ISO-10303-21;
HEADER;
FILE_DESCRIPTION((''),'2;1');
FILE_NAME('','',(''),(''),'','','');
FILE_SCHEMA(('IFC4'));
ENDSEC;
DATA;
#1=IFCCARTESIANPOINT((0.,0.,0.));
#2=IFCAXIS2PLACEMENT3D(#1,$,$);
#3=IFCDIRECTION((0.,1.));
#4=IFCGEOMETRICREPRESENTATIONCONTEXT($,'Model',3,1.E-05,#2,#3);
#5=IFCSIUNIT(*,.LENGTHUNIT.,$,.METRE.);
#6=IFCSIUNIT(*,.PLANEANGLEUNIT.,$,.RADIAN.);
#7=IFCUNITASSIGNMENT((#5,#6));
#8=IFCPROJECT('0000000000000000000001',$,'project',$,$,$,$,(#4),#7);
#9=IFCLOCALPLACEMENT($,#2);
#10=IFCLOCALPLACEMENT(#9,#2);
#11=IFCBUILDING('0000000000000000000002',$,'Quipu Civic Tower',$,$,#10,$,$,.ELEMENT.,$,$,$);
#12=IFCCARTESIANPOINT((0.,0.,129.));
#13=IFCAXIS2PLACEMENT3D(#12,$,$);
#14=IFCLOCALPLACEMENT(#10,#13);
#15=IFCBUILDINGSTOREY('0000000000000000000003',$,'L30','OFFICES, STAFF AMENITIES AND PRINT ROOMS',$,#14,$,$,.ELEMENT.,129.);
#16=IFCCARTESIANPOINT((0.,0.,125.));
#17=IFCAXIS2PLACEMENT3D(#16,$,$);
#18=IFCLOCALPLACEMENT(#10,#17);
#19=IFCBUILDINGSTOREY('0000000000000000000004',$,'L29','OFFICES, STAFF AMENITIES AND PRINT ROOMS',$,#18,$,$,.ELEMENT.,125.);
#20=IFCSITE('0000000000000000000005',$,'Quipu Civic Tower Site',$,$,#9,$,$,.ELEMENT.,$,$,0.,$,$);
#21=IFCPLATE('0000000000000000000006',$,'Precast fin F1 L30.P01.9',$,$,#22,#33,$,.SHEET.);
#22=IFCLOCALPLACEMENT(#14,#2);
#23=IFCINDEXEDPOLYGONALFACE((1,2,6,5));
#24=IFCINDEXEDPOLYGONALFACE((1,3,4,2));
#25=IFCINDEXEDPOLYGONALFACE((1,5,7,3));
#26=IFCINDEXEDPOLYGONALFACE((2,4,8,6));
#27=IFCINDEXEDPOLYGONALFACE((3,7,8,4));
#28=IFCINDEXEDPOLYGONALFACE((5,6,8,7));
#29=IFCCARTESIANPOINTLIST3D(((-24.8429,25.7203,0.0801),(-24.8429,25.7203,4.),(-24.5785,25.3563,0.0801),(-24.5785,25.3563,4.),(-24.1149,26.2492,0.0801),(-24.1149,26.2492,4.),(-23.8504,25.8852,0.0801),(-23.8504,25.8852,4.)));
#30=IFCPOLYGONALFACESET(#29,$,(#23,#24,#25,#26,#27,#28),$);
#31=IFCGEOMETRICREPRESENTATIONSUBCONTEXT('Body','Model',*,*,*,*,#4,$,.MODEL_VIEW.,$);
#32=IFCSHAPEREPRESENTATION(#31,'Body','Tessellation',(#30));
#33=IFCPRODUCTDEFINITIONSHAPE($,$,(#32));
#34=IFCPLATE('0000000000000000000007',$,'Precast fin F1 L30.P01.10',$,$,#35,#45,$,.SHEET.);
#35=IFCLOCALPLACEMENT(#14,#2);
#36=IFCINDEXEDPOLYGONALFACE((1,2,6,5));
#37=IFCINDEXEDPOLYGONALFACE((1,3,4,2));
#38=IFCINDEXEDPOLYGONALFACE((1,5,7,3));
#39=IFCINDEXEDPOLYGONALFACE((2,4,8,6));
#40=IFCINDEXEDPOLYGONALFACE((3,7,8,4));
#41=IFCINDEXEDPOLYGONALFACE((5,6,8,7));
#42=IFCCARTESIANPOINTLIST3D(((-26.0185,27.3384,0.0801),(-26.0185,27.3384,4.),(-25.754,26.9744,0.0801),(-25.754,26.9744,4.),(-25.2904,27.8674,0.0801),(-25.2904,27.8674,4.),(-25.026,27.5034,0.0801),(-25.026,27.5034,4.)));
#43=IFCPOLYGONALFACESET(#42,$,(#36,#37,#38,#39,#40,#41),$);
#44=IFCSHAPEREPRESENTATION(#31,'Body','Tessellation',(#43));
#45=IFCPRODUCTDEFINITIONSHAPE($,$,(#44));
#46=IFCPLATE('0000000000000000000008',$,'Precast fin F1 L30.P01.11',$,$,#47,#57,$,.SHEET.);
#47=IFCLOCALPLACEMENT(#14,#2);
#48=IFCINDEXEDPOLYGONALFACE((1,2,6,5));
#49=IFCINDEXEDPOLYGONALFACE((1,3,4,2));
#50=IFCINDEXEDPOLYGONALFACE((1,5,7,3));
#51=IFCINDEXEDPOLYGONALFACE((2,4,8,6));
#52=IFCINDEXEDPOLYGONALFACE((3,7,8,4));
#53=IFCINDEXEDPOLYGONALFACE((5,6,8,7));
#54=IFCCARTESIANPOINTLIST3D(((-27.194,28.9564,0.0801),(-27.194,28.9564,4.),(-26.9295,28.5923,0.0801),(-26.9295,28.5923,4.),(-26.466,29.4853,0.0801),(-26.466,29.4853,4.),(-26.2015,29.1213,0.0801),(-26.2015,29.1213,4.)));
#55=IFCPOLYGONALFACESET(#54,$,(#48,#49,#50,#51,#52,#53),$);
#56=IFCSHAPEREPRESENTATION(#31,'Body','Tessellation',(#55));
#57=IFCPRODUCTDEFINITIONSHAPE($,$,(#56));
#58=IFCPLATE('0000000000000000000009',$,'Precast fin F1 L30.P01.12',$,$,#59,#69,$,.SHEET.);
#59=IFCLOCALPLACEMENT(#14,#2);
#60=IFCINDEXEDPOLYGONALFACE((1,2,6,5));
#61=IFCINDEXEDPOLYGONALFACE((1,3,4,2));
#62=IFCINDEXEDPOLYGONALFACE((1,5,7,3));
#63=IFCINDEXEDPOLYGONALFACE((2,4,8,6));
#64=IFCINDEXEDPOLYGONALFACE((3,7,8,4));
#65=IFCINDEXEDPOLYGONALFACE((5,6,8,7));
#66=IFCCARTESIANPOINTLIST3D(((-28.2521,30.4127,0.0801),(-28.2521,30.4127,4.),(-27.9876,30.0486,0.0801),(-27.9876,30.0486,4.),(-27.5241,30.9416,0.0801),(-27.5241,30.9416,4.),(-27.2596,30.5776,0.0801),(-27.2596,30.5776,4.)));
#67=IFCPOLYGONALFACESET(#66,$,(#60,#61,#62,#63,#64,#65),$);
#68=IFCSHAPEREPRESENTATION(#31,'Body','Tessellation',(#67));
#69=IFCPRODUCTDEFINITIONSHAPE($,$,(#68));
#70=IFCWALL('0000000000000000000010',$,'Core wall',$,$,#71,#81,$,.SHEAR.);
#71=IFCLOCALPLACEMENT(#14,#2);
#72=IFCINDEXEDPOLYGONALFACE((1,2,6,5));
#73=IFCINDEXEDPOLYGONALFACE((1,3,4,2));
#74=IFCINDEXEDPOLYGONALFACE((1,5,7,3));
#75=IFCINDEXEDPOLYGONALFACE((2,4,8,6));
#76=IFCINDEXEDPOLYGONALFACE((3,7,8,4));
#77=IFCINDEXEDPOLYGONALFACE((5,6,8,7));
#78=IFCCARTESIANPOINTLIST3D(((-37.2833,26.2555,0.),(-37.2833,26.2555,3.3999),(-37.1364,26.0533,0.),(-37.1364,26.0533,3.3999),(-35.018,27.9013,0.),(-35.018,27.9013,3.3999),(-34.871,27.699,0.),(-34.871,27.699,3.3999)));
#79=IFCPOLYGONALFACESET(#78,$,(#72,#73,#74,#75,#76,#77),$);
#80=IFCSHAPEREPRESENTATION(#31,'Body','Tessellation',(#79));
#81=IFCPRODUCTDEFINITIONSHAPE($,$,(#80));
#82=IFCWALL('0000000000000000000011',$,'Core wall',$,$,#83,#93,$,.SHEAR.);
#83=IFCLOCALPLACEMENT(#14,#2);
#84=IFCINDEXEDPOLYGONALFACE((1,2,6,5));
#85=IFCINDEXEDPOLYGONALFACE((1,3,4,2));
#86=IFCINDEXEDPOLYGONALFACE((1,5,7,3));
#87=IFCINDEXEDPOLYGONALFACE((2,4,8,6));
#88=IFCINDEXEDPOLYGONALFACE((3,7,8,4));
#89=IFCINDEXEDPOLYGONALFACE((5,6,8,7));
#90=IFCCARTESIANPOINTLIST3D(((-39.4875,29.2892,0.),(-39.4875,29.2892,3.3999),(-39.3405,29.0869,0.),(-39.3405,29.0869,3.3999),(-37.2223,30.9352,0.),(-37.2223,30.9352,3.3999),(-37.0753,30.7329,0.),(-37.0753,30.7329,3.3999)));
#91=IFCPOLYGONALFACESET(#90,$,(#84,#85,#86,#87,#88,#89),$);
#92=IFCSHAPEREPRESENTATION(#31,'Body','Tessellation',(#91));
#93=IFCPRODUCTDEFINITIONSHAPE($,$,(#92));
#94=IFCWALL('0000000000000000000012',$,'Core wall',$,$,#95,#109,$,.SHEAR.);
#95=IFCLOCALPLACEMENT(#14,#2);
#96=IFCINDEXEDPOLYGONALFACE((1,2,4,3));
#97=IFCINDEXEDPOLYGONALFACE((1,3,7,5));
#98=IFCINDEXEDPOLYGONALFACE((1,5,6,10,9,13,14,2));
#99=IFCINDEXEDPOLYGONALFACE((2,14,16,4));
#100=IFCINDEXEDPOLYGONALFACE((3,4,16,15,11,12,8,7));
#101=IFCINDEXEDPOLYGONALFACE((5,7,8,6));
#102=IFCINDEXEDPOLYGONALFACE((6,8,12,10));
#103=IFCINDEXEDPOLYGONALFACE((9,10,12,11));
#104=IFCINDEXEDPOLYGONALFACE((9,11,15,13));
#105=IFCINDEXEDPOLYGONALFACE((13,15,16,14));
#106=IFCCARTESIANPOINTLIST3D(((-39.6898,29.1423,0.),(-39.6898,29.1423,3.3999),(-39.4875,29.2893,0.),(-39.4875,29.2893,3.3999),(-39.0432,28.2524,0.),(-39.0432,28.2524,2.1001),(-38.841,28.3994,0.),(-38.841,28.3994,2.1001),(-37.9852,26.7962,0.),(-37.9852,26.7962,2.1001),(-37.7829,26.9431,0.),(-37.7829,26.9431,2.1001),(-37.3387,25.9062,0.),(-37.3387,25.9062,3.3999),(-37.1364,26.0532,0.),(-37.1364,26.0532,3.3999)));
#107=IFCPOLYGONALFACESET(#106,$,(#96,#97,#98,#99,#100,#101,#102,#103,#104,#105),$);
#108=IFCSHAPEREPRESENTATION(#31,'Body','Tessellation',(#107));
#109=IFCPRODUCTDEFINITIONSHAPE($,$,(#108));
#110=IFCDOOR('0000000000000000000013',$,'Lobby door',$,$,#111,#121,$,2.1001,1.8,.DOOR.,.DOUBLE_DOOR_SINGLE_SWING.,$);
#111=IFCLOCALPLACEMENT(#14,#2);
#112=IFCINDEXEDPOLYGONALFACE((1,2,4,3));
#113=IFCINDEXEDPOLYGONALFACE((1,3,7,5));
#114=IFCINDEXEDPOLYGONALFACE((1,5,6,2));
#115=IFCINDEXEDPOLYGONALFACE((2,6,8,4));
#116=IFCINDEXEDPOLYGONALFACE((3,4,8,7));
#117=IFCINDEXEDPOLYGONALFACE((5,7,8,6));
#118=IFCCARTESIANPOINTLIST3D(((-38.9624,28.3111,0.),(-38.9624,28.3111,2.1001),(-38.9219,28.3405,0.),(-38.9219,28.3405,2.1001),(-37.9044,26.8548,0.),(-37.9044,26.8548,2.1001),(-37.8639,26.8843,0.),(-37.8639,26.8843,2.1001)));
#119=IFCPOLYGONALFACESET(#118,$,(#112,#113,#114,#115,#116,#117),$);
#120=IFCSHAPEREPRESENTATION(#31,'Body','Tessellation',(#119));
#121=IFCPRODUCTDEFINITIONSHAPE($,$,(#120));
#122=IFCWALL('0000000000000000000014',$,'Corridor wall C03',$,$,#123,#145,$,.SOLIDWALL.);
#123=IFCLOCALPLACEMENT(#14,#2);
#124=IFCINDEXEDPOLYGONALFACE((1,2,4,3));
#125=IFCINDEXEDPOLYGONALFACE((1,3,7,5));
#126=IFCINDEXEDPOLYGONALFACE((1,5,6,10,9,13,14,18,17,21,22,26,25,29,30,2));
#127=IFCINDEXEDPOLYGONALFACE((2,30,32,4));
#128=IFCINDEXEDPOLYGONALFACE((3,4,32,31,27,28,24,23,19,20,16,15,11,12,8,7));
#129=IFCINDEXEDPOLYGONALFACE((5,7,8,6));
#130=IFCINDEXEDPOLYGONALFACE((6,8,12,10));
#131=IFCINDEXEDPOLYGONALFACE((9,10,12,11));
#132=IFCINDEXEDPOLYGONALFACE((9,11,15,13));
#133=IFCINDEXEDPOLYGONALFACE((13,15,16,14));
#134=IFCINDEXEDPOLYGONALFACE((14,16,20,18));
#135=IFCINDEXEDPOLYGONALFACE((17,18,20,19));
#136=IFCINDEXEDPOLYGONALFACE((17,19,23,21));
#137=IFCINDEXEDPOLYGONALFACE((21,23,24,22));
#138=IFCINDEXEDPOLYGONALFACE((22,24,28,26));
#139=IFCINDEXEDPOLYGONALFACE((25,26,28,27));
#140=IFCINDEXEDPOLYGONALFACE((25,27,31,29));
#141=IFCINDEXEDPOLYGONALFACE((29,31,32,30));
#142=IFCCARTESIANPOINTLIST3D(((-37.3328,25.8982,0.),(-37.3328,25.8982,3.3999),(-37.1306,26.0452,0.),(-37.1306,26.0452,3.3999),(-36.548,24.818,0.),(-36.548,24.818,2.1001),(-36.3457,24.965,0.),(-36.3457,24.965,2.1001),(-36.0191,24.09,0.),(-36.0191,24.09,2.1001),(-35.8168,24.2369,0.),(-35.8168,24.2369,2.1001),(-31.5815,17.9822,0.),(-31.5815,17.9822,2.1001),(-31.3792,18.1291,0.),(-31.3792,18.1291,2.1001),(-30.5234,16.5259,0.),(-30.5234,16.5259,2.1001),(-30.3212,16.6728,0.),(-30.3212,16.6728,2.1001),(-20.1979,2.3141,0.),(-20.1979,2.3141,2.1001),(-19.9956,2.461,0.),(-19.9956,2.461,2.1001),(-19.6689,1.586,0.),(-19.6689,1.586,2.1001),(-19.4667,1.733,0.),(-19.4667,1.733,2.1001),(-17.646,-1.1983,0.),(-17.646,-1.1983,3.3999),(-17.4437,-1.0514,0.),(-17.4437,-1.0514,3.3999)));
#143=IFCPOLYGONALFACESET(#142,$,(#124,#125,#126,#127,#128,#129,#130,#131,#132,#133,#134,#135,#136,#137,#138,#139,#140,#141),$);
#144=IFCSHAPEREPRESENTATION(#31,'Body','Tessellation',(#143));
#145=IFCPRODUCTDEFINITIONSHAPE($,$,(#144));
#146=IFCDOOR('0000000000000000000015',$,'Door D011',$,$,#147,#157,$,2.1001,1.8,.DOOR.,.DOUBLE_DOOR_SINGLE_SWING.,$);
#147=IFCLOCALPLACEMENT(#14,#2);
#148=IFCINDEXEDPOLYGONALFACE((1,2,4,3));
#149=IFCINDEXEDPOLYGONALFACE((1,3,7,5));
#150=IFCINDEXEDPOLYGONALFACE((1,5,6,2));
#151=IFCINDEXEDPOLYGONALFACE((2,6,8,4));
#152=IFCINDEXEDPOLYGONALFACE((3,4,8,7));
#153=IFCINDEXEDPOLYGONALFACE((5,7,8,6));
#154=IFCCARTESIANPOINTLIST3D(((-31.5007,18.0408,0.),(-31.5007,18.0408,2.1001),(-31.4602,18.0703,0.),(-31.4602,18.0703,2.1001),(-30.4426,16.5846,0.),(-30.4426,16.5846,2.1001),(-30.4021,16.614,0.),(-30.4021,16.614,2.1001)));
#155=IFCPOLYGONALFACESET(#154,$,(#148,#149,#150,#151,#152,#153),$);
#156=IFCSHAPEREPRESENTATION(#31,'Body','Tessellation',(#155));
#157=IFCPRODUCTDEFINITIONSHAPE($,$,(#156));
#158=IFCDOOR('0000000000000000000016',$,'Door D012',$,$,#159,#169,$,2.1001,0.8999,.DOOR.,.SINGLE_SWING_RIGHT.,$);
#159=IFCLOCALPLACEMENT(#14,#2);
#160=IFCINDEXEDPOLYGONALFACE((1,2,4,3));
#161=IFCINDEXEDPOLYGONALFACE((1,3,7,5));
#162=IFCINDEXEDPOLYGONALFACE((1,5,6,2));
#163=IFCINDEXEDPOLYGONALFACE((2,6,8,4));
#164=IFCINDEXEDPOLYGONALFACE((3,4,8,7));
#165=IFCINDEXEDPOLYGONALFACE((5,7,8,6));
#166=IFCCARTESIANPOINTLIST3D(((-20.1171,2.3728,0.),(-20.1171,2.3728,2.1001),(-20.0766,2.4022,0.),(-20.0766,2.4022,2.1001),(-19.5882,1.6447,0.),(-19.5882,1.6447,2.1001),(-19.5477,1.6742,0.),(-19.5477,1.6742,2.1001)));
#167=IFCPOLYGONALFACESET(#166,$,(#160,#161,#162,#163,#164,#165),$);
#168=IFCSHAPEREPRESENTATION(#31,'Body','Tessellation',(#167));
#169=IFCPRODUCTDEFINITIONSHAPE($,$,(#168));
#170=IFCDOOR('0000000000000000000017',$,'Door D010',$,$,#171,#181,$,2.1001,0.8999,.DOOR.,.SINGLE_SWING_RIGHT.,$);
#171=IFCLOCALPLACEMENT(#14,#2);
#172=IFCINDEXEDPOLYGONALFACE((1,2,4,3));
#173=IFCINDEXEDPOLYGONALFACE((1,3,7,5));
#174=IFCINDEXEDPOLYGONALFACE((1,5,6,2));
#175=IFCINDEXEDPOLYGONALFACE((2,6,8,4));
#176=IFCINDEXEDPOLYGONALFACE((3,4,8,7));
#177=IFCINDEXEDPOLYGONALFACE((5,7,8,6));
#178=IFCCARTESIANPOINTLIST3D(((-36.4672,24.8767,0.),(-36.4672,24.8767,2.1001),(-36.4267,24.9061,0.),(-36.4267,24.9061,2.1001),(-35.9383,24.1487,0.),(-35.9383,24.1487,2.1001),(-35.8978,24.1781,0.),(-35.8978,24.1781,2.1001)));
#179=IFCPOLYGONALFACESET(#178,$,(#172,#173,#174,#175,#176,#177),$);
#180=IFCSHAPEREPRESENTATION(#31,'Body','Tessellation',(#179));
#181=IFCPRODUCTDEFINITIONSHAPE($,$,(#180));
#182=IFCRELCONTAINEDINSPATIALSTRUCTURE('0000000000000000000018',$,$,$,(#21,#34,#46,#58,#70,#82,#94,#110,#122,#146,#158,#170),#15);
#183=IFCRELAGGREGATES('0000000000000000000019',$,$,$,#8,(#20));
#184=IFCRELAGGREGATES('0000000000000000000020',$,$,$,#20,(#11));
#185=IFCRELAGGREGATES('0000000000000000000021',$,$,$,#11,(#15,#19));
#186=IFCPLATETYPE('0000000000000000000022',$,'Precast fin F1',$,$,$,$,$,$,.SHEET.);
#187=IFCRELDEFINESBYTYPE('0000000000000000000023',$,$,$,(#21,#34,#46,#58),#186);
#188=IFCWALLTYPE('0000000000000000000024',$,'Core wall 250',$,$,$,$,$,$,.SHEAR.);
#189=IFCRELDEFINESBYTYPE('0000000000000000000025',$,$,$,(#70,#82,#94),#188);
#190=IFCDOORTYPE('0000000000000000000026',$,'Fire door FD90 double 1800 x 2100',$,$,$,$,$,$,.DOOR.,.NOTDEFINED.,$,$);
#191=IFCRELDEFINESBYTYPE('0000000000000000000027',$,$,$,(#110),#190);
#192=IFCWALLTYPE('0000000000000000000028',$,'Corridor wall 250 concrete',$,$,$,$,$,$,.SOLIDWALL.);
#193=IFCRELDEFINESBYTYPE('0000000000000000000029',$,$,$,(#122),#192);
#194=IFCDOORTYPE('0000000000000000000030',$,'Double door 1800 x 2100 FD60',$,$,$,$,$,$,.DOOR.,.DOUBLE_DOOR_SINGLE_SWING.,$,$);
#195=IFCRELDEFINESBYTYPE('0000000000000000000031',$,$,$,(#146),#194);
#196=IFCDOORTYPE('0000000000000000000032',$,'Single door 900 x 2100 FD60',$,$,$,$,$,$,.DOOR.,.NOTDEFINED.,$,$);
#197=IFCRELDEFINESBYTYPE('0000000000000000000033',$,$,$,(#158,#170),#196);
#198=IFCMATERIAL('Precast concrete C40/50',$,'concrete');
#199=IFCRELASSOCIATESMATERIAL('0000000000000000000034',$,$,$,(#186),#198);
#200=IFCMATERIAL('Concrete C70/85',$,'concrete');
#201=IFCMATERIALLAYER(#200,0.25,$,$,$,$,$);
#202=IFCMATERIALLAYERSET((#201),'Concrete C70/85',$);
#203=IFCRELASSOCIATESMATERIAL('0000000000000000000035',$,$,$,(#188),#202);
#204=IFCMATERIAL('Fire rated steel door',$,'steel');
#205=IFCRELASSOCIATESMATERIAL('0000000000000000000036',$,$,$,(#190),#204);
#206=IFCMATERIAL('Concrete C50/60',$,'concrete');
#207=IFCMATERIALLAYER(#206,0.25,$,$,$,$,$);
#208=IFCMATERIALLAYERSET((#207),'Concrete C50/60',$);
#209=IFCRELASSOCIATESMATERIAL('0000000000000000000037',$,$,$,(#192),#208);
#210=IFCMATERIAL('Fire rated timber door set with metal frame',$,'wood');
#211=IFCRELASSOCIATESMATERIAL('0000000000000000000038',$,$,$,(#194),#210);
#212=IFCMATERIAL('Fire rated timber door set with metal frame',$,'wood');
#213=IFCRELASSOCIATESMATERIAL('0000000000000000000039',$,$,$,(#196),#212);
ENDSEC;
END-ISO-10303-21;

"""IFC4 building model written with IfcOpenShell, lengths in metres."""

from ifc_helpers import new_model, si_unit, direction, frame, frame_2d, origin, origin_2d, place, context, subcontext, project, spatial, rectangle, extrude, material, layer, layer_set, type_object, element, fill, save


model = new_model("IFC4")

# Units and contexts
model_context = context("Model", 3, precision=1e-05, world=origin(), true_north=direction((0.0, 1.0)))
body_context = subcontext(model_context, "Body", "Model", "MODEL_VIEW")
ifc_project = project(units=[si_unit("LENGTHUNIT", "METRE"), si_unit("PLANEANGLEUNIT", "RADIAN")], contexts=[model_context])

# Site, building, storey
site_placement = place(None, origin())
site = spatial("IfcSite", under=ifc_project, at=site_placement, Name="Quipu Civic Tower Site", CompositionType="ELEMENT", RefElevation=0.0)
building_placement = place(site_placement, origin())
building = spatial("IfcBuilding", under=site, at=building_placement, Name="Quipu Civic Tower", CompositionType="ELEMENT")
storey_1_placement = place(building_placement, frame((0.0, 0.0, 129.0)))
storey_1 = spatial("IfcBuildingStorey", under=building, at=storey_1_placement, Name="L30", Description="OFFICES, STAFF AMENITIES AND PRINT ROOMS", CompositionType="ELEMENT", Elevation=129.0)

# Shared definitions
storey_2_placement = place(building_placement, frame((0.0, 0.0, 125.0)))
storey_2 = spatial("IfcBuildingStorey", under=building, at=storey_2_placement, Name="L29", Description="OFFICES, STAFF AMENITIES AND PRINT ROOMS", CompositionType="ELEMENT", Elevation=125.0)

# Plates
ifc_material_1 = material(Name="Precast concrete C40/50", Category="concrete")
plate_type_1 = type_object("IfcPlateType", Name="Precast fin F1", PredefinedType="SHEET", material=ifc_material_1)
for number, where, z_axis, x_axis, name in (
    (1, (-24.3467, 25.8027, 0.0801), (0.0, 0.0, 1.0), (-0.587785, 0.809017, 0.0), "Precast fin F1 L30.P01.9"),
    (2, (-25.5222, 27.4209, 0.0801), (0.0, 0.0, 1.0), (-0.587785, 0.809017, 0.0), "Precast fin F1 L30.P01.10"),
    (3, (-26.6978, 29.0388, 0.0801), (0.0, 0.0, 1.0), (-0.587785, 0.809017, 0.0), "Precast fin F1 L30.P01.11"),
    (4, (-27.7559, 30.4951, 0.0801), (0.0, 0.0, 1.0), (-0.587785, 0.809017, 0.0), "Precast fin F1 L30.P01.12"),
):
    element("IfcPlate", number, at=place(storey_1_placement, frame(where, z_axis=z_axis, x_axis=x_axis)), inside=storey_1, type_object=plate_type_1, Name=name, PredefinedType="SHEET", context=body_context, shape_type="SweptSolid", body=[
        extrude(rectangle(XDim=0.45, YDim=0.8999, at=origin_2d()), origin(), (0.0, 0.0, 1.0), 3.9199),
    ])

# Walls
ifc_material_2 = material(Name="Concrete C70/85", Category="concrete")
ifc_layer_1 = layer(ifc_material_2, 0.25)
ifc_layer_set_1 = layer_set([ifc_layer_1], Name="Concrete C70/85")
wall_type_1 = type_object("IfcWallType", Name="Core wall 250", PredefinedType="SHEAR", material=ifc_layer_set_1)
for number, where, z_axis, x_axis, name in (
    (5, (-34.9446, 27.8, 0.0), (0.0, 0.0, 1.0), (-0.809041, -0.587752, 0.0), "Core wall"),
    (6, (-37.1489, 30.834, 0.0), (0.0, 0.0, 1.0), (-0.80897, -0.58785, 0.0), "Core wall"),
):
    element("IfcWall", number, at=place(storey_1_placement, frame(where, z_axis=z_axis, x_axis=x_axis)), inside=storey_1, type_object=wall_type_1, Name=name, PredefinedType="SHEAR", context=body_context, shape_type="SweptSolid", body=[
        extrude(rectangle(XDim=2.8, YDim=0.25, at=frame_2d((1.3999, 0.0))), origin(), (0.0, 0.0, 1.0), 3.3999),
    ])

# Wall, opening, door
wall_1_placement = place(storey_1_placement, frame((-39.5886, 29.2158, 0.0), z_axis=(0.0, 0.0, 1.0), x_axis=(0.587772, -0.809026, 0.0)))
wall_1 = element("IfcWall", 7, at=wall_1_placement, inside=storey_1, type_object=wall_type_1, Name="Core wall", PredefinedType="SHEAR", context=body_context, shape_type="SweptSolid", body=[
    extrude(rectangle(XDim=4.0, YDim=0.25, at=frame_2d((2.0, 0.0))), origin(), (0.0, 0.0, 1.0), 3.3999),
])
opening_1_placement = place(wall_1_placement, frame((1.1001, 0.0, 0.0)))
opening_1 = element("IfcOpeningElement", 8, at=opening_1_placement, cuts=wall_1, PredefinedType="OPENING", context=body_context, shape_type="SweptSolid", body=[
    extrude(rectangle(XDim=1.8, YDim=2.1001, at=frame_2d((0.8999, 1.05))), frame((0.0, 0.135, 0.0), z_axis=(0.0, -1.0, 0.0), x_axis=(1.0, 0.0, 0.0)), (0.0, 0.0, 1.0), 0.27),
])
ifc_material_3 = material(Name="Fire rated steel door", Category="steel")
door_type_1 = type_object("IfcDoorType", Name="Fire door FD90 double 1800 x 2100", OperationType="NOTDEFINED", PredefinedType="DOOR", material=ifc_material_3)
door_1_placement = place(opening_1_placement, origin())
door_1 = element("IfcDoor", 9, at=door_1_placement, inside=storey_1, type_object=door_type_1, Name="Lobby door", OperationType="DOUBLE_DOOR_SINGLE_SWING", OverallHeight=2.1001, OverallWidth=1.8, PredefinedType="DOOR", context=body_context, shape_type="SweptSolid", body=[
    extrude(rectangle(XDim=1.8, YDim=2.1001, at=frame_2d((0.8999, 1.05))), frame((0.0, 0.0249, 0.0), z_axis=(0.0, -1.0, 0.0), x_axis=(1.0, 0.0, 0.0)), (0.0, 0.0, 1.0), 0.05),
])
fill(opening_1, door_1)

# Wall, openings, doors
ifc_material_4 = material(Name="Concrete C50/60", Category="concrete")
ifc_layer_2 = layer(ifc_material_4, 0.25)
ifc_layer_set_2 = layer_set([ifc_layer_2], Name="Concrete C50/60")
wall_type_2 = type_object("IfcWallType", Name="Corridor wall 250 concrete", PredefinedType="SOLIDWALL", material=ifc_layer_set_2)
wall_2_placement = place(storey_1_placement, frame((-37.2317, 25.9717, 0.0), z_axis=(0.0, 0.0, 1.0), x_axis=(0.587786, -0.809016, 0.0)))
wall_2 = element("IfcWall", 10, at=wall_2_placement, inside=storey_1, type_object=wall_type_2, Name="Corridor wall C03", PredefinedType="SOLIDWALL", context=body_context, shape_type="SweptSolid", body=[
    extrude(rectangle(XDim=33.4932, YDim=0.25, at=frame_2d((16.7466, 0.0))), origin(), (0.0, 0.0, 1.0), 3.3999),
])
opening_2_placement = place(wall_2_placement, frame((9.7849, 0.0, 0.0)))
opening_2 = element("IfcOpeningElement", 11, at=opening_2_placement, cuts=wall_2, PredefinedType="OPENING", context=body_context, shape_type="SweptSolid", body=[
    extrude(rectangle(XDim=1.8, YDim=2.1001, at=frame_2d((0.8999, 1.05))), frame((0.0, 0.135, 0.0), z_axis=(0.0, -1.0, 0.0), x_axis=(1.0, 0.0, 0.0)), (0.0, 0.0, 1.0), 0.27),
])
opening_3_placement = place(wall_2_placement, frame((29.1516, 0.0, 0.0)))
opening_3 = element("IfcOpeningElement", 12, at=opening_3_placement, cuts=wall_2, PredefinedType="OPENING", context=body_context, shape_type="SweptSolid", body=[
    extrude(rectangle(XDim=0.8999, YDim=2.1001, at=frame_2d((0.45, 1.05))), frame((0.0, 0.135, 0.0), z_axis=(0.0, -1.0, 0.0), x_axis=(1.0, 0.0, 0.0)), (0.0, 0.0, 1.0), 0.27),
])
opening_4_placement = place(wall_2_placement, frame((1.3352, 0.0, 0.0)))
opening_4 = element("IfcOpeningElement", 13, at=opening_4_placement, cuts=wall_2, PredefinedType="OPENING", context=body_context, shape_type="SweptSolid", body=[
    extrude(rectangle(XDim=0.8999, YDim=2.1001, at=frame_2d((0.45, 1.05))), frame((0.0, 0.135, 0.0), z_axis=(0.0, -1.0, 0.0), x_axis=(1.0, 0.0, 0.0)), (0.0, 0.0, 1.0), 0.27),
])
ifc_material_5 = material(Name="Fire rated timber door set with metal frame", Category="wood")
door_type_2 = type_object("IfcDoorType", Name="Double door 1800 x 2100 FD60", OperationType="DOUBLE_DOOR_SINGLE_SWING", PredefinedType="DOOR", material=ifc_material_5)
door_2_placement = place(opening_2_placement, origin())
door_2 = element("IfcDoor", 14, at=door_2_placement, inside=storey_1, type_object=door_type_2, Name="Door D011", OperationType="DOUBLE_DOOR_SINGLE_SWING", OverallHeight=2.1001, OverallWidth=1.8, PredefinedType="DOOR", context=body_context, shape_type="SweptSolid", body=[
    extrude(rectangle(XDim=1.8, YDim=2.1001, at=frame_2d((0.8999, 1.05))), frame((0.0, 0.0249, 0.0), z_axis=(0.0, -1.0, 0.0), x_axis=(1.0, 0.0, 0.0)), (0.0, 0.0, 1.0), 0.05),
])
fill(opening_2, door_2)
ifc_material_6 = material(Name="Fire rated timber door set with metal frame", Category="wood")
door_type_3 = type_object("IfcDoorType", Name="Single door 900 x 2100 FD60", OperationType="NOTDEFINED", PredefinedType="DOOR", material=ifc_material_6)
door_3_placement = place(opening_3_placement, origin())
door_3 = element("IfcDoor", 15, at=door_3_placement, inside=storey_1, type_object=door_type_3, Name="Door D012", OperationType="SINGLE_SWING_RIGHT", OverallHeight=2.1001, OverallWidth=0.8999, PredefinedType="DOOR", context=body_context, shape_type="SweptSolid", body=[
    extrude(rectangle(XDim=0.8999, YDim=2.1001, at=frame_2d((0.45, 1.05))), frame((0.0, 0.0249, 0.0), z_axis=(0.0, -1.0, 0.0), x_axis=(1.0, 0.0, 0.0)), (0.0, 0.0, 1.0), 0.05),
])
fill(opening_3, door_3)
door_4_placement = place(opening_4_placement, origin())
door_4 = element("IfcDoor", 16, at=door_4_placement, inside=storey_1, type_object=door_type_3, Name="Door D010", OperationType="SINGLE_SWING_RIGHT", OverallHeight=2.1001, OverallWidth=0.8999, PredefinedType="DOOR", context=body_context, shape_type="SweptSolid", body=[
    extrude(rectangle(XDim=0.8999, YDim=2.1001, at=frame_2d((0.45, 1.05))), frame((0.0, 0.0249, 0.0), z_axis=(0.0, -1.0, 0.0), x_axis=(1.0, 0.0, 0.0)), (0.0, 0.0, 1.0), 0.05),
])
fill(opening_4, door_4)

save(model, "model.ifc")
